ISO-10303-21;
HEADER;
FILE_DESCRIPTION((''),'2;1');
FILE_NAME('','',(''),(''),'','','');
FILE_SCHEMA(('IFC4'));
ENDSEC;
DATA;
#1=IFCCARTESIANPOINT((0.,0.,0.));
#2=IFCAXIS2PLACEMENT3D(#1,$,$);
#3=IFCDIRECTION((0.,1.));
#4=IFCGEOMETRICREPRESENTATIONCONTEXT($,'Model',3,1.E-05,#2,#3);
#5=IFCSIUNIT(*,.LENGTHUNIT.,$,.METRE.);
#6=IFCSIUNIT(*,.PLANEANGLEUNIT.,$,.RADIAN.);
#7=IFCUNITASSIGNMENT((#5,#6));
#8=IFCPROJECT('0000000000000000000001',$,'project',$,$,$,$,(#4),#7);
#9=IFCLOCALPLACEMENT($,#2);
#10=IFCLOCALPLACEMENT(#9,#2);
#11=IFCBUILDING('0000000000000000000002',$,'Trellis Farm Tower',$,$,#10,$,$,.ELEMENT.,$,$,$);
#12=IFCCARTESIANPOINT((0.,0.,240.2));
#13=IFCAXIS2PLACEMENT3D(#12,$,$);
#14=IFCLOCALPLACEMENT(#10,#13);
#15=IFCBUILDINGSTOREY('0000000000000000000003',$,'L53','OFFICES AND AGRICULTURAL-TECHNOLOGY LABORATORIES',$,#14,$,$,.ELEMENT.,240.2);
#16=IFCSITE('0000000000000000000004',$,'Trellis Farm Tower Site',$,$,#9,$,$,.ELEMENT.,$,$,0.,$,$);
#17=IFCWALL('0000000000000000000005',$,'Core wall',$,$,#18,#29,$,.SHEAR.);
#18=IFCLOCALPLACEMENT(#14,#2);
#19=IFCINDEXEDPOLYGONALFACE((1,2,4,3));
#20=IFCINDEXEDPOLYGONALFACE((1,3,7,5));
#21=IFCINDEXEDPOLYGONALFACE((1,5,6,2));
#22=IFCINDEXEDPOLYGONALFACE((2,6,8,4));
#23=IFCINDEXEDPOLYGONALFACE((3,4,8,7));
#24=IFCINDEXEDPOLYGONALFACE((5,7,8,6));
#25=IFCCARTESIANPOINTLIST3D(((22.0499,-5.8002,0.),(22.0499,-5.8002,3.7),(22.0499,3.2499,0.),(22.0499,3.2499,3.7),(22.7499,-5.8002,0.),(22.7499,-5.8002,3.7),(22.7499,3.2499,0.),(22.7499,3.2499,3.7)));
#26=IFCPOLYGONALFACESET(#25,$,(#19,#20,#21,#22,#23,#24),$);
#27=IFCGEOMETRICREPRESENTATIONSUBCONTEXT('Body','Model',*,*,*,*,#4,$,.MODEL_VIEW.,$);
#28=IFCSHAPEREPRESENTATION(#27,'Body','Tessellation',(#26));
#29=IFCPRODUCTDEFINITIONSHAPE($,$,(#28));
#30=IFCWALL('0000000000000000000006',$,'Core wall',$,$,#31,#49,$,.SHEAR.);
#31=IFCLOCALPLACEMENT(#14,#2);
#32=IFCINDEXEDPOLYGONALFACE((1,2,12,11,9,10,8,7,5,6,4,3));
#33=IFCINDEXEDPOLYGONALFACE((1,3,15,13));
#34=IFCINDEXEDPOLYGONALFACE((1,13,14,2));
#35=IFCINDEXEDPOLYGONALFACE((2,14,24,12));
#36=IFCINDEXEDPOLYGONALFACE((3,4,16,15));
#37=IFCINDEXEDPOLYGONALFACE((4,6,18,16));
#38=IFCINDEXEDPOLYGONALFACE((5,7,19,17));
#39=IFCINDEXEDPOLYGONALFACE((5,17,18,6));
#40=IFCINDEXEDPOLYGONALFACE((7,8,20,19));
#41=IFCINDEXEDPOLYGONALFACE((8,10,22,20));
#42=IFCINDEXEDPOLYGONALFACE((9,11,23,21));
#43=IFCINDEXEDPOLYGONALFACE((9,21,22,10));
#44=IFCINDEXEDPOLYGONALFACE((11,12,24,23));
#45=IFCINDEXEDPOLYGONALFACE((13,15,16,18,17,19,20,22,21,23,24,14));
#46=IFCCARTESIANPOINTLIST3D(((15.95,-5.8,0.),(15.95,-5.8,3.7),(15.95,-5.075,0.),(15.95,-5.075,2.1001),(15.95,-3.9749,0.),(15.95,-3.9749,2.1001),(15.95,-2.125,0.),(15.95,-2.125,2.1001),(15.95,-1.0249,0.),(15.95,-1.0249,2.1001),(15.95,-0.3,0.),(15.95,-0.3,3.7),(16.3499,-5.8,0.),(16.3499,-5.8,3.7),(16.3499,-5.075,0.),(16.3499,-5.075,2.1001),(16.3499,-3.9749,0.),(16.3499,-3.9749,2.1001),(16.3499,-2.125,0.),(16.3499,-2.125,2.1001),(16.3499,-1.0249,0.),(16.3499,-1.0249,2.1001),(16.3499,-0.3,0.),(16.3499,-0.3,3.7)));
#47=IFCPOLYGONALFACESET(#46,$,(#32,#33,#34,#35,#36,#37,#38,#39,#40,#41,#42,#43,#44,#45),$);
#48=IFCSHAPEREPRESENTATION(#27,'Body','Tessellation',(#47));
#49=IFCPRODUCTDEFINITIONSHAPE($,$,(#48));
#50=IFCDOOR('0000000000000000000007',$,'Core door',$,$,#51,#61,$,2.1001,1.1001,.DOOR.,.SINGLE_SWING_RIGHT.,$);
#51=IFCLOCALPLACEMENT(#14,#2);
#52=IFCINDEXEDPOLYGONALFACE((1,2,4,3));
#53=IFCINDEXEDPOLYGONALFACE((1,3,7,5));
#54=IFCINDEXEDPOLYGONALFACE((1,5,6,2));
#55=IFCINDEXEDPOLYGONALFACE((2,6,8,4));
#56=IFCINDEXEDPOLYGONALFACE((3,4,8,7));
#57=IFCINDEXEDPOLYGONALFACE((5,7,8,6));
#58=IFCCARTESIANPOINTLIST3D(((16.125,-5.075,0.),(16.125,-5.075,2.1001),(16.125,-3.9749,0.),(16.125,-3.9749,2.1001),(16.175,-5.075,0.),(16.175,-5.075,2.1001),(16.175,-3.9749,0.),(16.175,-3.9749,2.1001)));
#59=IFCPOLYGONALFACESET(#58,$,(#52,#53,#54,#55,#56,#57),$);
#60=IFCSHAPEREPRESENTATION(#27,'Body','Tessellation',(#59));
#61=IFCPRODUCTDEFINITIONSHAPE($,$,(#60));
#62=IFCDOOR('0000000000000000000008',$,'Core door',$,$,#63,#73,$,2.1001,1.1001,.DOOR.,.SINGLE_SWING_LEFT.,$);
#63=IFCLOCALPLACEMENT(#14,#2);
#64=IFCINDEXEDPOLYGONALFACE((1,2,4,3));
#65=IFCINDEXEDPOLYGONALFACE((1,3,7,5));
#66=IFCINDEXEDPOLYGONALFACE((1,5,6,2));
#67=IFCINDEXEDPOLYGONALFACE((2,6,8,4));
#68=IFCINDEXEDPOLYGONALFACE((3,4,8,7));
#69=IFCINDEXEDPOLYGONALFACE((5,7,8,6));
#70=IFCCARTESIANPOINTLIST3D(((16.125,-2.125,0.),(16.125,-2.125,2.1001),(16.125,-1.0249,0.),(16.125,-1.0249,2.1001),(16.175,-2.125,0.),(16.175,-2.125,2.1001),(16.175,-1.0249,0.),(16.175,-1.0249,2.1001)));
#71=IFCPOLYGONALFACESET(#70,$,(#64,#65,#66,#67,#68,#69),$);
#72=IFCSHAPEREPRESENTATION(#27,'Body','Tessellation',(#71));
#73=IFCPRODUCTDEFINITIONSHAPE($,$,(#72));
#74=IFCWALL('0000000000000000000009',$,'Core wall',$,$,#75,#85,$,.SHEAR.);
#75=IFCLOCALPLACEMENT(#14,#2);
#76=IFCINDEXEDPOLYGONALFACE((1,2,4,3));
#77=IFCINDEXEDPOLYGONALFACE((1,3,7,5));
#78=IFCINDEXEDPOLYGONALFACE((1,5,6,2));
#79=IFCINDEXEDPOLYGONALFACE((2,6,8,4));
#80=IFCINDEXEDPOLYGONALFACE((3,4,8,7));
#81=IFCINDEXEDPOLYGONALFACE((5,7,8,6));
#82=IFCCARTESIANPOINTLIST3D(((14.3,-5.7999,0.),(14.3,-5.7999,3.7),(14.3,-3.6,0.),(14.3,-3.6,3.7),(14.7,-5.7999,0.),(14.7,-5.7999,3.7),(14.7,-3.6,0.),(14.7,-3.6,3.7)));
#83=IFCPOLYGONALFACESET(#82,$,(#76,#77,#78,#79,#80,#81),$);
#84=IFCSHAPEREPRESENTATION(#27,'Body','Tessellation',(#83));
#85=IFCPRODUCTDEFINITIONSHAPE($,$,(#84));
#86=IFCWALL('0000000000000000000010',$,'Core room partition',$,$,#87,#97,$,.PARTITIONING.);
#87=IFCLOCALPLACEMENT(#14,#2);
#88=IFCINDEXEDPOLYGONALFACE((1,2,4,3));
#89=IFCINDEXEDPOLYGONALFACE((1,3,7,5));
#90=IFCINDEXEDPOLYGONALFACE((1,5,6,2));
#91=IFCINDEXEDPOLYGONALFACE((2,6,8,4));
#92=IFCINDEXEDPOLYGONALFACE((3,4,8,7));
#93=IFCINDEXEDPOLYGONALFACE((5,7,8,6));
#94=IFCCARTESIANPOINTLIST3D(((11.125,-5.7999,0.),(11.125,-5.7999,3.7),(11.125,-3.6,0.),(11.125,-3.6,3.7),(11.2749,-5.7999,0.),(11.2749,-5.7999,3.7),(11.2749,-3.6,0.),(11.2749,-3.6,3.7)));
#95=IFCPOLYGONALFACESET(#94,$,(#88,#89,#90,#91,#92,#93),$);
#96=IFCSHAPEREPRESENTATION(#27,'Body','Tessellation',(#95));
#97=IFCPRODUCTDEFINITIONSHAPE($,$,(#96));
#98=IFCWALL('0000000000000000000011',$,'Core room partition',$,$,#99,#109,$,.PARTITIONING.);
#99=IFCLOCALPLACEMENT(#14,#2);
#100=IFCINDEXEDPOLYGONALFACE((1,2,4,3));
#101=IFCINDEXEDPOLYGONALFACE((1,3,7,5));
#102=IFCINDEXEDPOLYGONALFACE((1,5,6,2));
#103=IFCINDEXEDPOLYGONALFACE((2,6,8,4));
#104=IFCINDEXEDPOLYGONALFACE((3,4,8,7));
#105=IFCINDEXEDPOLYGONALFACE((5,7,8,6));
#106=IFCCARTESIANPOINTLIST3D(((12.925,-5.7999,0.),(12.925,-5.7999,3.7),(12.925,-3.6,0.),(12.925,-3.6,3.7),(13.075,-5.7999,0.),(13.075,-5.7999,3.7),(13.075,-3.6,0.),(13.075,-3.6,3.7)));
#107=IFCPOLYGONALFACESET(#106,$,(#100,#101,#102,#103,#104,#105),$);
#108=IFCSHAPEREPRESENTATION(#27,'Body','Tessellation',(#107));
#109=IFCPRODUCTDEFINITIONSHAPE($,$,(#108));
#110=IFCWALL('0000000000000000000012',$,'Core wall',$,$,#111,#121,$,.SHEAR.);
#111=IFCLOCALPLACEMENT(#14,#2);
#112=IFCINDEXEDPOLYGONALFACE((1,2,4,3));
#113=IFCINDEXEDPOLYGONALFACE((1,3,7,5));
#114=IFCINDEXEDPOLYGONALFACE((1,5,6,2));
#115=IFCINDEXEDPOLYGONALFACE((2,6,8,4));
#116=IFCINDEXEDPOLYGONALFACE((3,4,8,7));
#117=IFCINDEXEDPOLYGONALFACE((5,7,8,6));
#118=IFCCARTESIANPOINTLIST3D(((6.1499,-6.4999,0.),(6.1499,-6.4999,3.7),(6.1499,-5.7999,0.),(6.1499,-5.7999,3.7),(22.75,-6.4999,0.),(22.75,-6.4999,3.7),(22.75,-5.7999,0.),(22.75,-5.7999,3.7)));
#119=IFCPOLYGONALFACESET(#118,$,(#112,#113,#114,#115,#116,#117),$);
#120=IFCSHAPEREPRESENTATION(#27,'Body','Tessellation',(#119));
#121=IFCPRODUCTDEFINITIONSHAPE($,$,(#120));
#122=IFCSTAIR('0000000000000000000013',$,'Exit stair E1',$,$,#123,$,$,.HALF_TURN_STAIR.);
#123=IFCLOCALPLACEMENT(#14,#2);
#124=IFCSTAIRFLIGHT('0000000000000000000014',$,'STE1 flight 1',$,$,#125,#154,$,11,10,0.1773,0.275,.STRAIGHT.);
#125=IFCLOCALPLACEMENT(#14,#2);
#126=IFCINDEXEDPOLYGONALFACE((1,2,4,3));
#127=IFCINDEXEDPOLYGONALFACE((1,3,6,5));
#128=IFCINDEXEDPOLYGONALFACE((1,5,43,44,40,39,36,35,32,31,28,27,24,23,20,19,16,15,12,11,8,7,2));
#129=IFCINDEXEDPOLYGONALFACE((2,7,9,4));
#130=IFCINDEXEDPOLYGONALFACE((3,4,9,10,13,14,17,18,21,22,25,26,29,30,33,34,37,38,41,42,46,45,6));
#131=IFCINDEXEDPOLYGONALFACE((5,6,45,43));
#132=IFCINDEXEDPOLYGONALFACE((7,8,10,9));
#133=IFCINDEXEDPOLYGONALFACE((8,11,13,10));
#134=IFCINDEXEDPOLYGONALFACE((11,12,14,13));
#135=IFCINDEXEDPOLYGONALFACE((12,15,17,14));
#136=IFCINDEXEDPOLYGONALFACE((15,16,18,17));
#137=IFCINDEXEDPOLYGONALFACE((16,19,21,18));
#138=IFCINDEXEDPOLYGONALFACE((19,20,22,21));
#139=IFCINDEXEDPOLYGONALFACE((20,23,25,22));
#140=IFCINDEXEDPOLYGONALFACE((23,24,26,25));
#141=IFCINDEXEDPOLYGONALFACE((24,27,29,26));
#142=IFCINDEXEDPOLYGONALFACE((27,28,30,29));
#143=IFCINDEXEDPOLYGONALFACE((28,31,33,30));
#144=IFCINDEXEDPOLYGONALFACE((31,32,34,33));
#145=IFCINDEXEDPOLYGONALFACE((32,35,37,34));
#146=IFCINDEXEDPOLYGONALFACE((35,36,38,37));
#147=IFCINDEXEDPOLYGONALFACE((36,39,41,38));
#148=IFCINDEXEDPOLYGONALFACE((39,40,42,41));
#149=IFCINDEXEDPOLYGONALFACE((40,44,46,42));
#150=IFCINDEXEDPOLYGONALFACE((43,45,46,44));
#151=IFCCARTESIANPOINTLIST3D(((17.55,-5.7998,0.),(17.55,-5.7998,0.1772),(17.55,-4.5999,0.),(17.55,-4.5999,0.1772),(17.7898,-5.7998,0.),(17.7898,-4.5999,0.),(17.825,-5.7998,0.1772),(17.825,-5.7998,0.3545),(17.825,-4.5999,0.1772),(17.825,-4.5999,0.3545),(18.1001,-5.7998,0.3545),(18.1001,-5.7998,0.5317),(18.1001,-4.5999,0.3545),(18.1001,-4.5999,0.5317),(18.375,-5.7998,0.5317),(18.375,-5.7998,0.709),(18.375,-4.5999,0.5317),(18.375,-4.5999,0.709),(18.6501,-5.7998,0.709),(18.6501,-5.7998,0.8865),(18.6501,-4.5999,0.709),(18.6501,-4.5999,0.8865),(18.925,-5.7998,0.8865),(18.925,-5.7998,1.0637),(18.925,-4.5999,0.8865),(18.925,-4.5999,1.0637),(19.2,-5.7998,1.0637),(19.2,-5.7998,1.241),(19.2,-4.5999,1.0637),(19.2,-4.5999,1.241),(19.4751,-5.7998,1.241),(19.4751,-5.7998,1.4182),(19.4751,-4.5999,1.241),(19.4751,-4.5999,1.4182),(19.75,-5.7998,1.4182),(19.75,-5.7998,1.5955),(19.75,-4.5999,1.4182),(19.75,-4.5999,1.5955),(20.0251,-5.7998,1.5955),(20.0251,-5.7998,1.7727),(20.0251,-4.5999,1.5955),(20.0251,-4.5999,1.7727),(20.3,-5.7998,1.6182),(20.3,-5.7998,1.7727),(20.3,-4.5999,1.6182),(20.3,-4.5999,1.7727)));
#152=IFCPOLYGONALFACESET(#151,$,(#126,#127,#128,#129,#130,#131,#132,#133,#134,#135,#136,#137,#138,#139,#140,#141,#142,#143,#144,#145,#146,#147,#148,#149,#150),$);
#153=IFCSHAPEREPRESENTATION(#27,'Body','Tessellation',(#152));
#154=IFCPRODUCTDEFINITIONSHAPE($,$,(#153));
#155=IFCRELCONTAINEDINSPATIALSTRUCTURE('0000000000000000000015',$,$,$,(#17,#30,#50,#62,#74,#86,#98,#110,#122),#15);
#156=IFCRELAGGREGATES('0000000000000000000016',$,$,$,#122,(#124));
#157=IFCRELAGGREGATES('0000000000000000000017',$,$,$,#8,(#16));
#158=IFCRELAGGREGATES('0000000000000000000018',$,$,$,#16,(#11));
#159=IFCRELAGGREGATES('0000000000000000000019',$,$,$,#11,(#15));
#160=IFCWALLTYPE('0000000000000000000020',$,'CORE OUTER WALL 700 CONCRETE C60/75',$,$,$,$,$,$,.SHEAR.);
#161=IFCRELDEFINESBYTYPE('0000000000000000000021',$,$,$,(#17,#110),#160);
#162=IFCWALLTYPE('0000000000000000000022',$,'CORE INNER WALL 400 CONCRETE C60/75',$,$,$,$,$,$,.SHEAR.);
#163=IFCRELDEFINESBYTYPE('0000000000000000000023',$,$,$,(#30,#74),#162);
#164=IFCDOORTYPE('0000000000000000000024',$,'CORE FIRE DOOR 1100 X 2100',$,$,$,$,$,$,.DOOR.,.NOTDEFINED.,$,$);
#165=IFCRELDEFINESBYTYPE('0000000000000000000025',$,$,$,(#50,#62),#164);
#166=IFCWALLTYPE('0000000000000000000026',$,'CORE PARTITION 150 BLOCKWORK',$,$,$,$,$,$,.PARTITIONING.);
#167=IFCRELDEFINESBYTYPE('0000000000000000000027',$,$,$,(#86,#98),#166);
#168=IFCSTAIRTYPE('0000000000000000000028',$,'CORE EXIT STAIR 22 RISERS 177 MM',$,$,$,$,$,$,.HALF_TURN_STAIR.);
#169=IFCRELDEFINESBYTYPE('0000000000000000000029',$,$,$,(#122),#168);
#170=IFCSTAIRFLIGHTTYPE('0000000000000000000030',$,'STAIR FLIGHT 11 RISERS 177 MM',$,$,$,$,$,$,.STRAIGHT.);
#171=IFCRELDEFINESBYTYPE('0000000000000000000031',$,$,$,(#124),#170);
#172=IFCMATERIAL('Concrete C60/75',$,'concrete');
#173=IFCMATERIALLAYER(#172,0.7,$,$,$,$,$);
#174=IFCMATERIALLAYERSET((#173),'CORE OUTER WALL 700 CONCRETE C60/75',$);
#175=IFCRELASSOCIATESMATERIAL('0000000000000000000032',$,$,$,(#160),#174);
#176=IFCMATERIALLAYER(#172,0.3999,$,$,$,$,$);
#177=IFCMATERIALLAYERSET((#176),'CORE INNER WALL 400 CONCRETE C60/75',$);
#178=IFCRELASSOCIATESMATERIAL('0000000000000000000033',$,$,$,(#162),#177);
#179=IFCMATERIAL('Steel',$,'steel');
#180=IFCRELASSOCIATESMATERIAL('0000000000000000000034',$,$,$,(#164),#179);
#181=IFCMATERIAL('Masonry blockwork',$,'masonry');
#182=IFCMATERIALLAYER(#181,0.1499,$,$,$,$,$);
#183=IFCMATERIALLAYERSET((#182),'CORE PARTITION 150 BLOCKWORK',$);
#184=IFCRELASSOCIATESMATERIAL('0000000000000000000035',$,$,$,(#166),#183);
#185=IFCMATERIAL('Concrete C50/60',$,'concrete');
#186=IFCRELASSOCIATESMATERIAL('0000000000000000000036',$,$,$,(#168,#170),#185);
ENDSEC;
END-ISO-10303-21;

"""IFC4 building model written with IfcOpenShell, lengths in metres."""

from ifc_helpers import new_model, si_unit, direction, frame, frame_2d, origin, place, context, subcontext, project, spatial, polyline, rectangle, outline, extrude, source, transform, mapped, material, layer, layer_set, type_object, element, fill, aggregate, save


model = new_model("IFC4")

# Units and contexts
model_context = context("Model", 3, precision=1e-05, world=origin(), true_north=direction((0.0, 1.0)))
body_context = subcontext(model_context, "Body", "Model", "MODEL_VIEW")
ifc_project = project(units=[si_unit("LENGTHUNIT", "METRE"), si_unit("PLANEANGLEUNIT", "RADIAN")], contexts=[model_context])

# Site, building, storey
site_placement = place(None, origin())
site = spatial("IfcSite", under=ifc_project, at=site_placement, Name="Trellis Farm Tower Site", CompositionType="ELEMENT", RefElevation=0.0)
building_placement = place(site_placement, origin())
building = spatial("IfcBuilding", under=site, at=building_placement, Name="Trellis Farm Tower", CompositionType="ELEMENT")
storey_placement = place(building_placement, frame((0.0, 0.0, 240.2)))
storey = spatial("IfcBuildingStorey", under=building, at=storey_placement, Name="L53", Description="OFFICES AND AGRICULTURAL-TECHNOLOGY LABORATORIES", CompositionType="ELEMENT", Elevation=240.2)

# Shared definitions
ifc_material_1 = material(Name="Concrete C60/75", Category="concrete")

# Shared definitions
placement = place(storey_placement, origin())

# Shared definitions
ifc_layer_1 = layer(ifc_material_1, 0.7)
ifc_layer_set_1 = layer_set([ifc_layer_1], Name="CORE OUTER WALL 700 CONCRETE C60/75")
wall_type_1 = type_object("IfcWallType", Name="CORE OUTER WALL 700 CONCRETE C60/75", PredefinedType="SHEAR", material=ifc_layer_set_1)
shared_shape_1 = source(origin(), body_context, "Body", "SweptSolid", [
    extrude(rectangle(XDim=9.05, YDim=0.7, at=frame_2d((4.5249, 0.0))), origin(), (0.0, 0.0, 1.0), 3.7),
])
ifc_material_2 = material(Name="Steel", Category="steel")

# Wall
wall_1_placement = place(storey_placement, frame((22.3999, -5.8, 0.0), z_axis=(0.0, 0.0, 1.0), x_axis=(0.0, 1.0, 0.0)))
element("IfcWall", 1, at=wall_1_placement, inside=storey, type_object=wall_type_1, Name="Core wall", PredefinedType="SHEAR", context=body_context, shape_type="MappedRepresentation", body=[
    mapped(shared_shape_1, transform((0.0, 0.0, 0.0))),
])

# Wall, openings, doors
ifc_layer_2 = layer(ifc_material_1, 0.3999)
ifc_layer_set_2 = layer_set([ifc_layer_2], Name="CORE INNER WALL 400 CONCRETE C60/75")
wall_type_2 = type_object("IfcWallType", Name="CORE INNER WALL 400 CONCRETE C60/75", PredefinedType="SHEAR", material=ifc_layer_set_2)
shared_shape_2 = source(origin(), body_context, "Body", "SweptSolid", [
    extrude(rectangle(XDim=5.5, YDim=0.3999, at=frame_2d((2.75, 0.0))), origin(), (0.0, 0.0, 1.0), 3.7),
])
wall_2_placement = place(storey_placement, frame((16.1499, -5.8, 0.0), z_axis=(0.0, 0.0, 1.0), x_axis=(0.0, 1.0, 0.0)))
wall_2 = element("IfcWall", 2, at=wall_2_placement, inside=storey, type_object=wall_type_2, Name="Core wall", PredefinedType="SHEAR", context=body_context, shape_type="MappedRepresentation", body=[
    mapped(shared_shape_2, transform((0.0, 0.0, 0.0))),
])
shared_shape_3 = source(origin(), body_context, "Body", "SweptSolid", [
    extrude(rectangle(XDim=1.1001, YDim=2.1001, at=frame_2d((0.55, 1.05))), frame((0.0, 0.21, 0.0), z_axis=(0.0, -1.0, 0.0), x_axis=(1.0, 0.0, 0.0)), (0.0, 0.0, 1.0), 0.4199),
])
opening_1_placement = place(wall_2_placement, frame((0.7251, 0.0, 0.0)))
opening_1 = element("IfcOpeningElement", 3, at=opening_1_placement, cuts=wall_2, PredefinedType="OPENING", context=body_context, shape_type="MappedRepresentation", body=[
    mapped(shared_shape_3, transform((0.0, 0.0, 0.0))),
])
opening_2_placement = place(wall_2_placement, frame((3.675, 0.0, 0.0)))
opening_2 = element("IfcOpeningElement", 4, at=opening_2_placement, cuts=wall_2, PredefinedType="OPENING", context=body_context, shape_type="MappedRepresentation", body=[
    mapped(shared_shape_3, transform((0.0, 0.0, 0.0))),
])
door_type_1 = type_object("IfcDoorType", Name="CORE FIRE DOOR 1100 X 2100", OperationType="NOTDEFINED", PredefinedType="DOOR", material=ifc_material_2)
shared_shape_4 = source(origin(), body_context, "Body", "SweptSolid", [
    extrude(rectangle(XDim=1.1001, YDim=2.1001, at=frame_2d((0.55, 1.05))), frame((0.0, 0.0249, 0.0), z_axis=(0.0, -1.0, 0.0), x_axis=(1.0, 0.0, 0.0)), (0.0, 0.0, 1.0), 0.05),
])
door_1_placement = place(opening_1_placement, origin())
door_1 = element("IfcDoor", 5, at=door_1_placement, inside=storey, type_object=door_type_1, Name="Core door", OperationType="SINGLE_SWING_RIGHT", OverallHeight=2.1001, OverallWidth=1.1001, PredefinedType="DOOR", context=body_context, shape_type="MappedRepresentation", body=[
    mapped(shared_shape_4, transform((0.0, 0.0, 0.0))),
])
fill(opening_1, door_1)
door_2_placement = place(opening_2_placement, origin())
door_2 = element("IfcDoor", 6, at=door_2_placement, inside=storey, type_object=door_type_1, Name="Core door", OperationType="SINGLE_SWING_LEFT", OverallHeight=2.1001, OverallWidth=1.1001, PredefinedType="DOOR", context=body_context, shape_type="MappedRepresentation", body=[
    mapped(shared_shape_4, transform((0.0, 0.0, 0.0))),
])
fill(opening_2, door_2)

# Walls
shared_shape_5 = source(origin(), body_context, "Body", "SweptSolid", [
    extrude(rectangle(XDim=2.2, YDim=0.3999, at=frame_2d((1.1001, 0.0))), origin(), (0.0, 0.0, 1.0), 3.7),
])
wall_3_placement = place(storey_placement, frame((14.5, -5.8, 0.0), z_axis=(0.0, 0.0, 1.0), x_axis=(0.0, 1.0, 0.0)))
element("IfcWall", 7, at=wall_3_placement, inside=storey, type_object=wall_type_2, Name="Core wall", PredefinedType="SHEAR", context=body_context, shape_type="MappedRepresentation", body=[
    mapped(shared_shape_5, transform((0.0, 0.0, 0.0))),
])
ifc_material_3 = material(Name="Masonry blockwork", Category="masonry")
ifc_layer_3 = layer(ifc_material_3, 0.1499)
ifc_layer_set_3 = layer_set([ifc_layer_3], Name="CORE PARTITION 150 BLOCKWORK")
wall_type_3 = type_object("IfcWallType", Name="CORE PARTITION 150 BLOCKWORK", PredefinedType="PARTITIONING", material=ifc_layer_set_3)
shared_shape_6 = source(origin(), body_context, "Body", "SweptSolid", [
    extrude(rectangle(XDim=2.2, YDim=0.1499, at=frame_2d((1.1001, 0.0))), origin(), (0.0, 0.0, 1.0), 3.7),
])
for number, where, z_axis, x_axis, name in (
    (8, (11.2, -5.8, 0.0), (0.0, 0.0, 1.0), (0.0, 1.0, 0.0), "Core room partition"),
    (9, (13.0, -5.8, 0.0), (0.0, 0.0, 1.0), (0.0, 1.0, 0.0), "Core room partition"),
):
    element("IfcWall", number, at=place(storey_placement, frame(where, z_axis=z_axis, x_axis=x_axis)), inside=storey, type_object=wall_type_3, Name=name, PredefinedType="PARTITIONING", context=body_context, shape_type="MappedRepresentation", body=[
        mapped(shared_shape_6, transform((0.0, 0.0, 0.0))),
    ])
shared_shape_7 = source(origin(), body_context, "Body", "SweptSolid", [
    extrude(rectangle(XDim=16.6001, YDim=0.7, at=frame_2d((8.3, 0.0))), origin(), (0.0, 0.0, 1.0), 3.7),
])
wall_4_placement = place(storey_placement, frame((6.1499, -6.1499, 0.0), z_axis=(0.0, 0.0, 1.0), x_axis=(1.0, 0.0, 0.0)))
element("IfcWall", 10, at=wall_4_placement, inside=storey, type_object=wall_type_1, Name="Core wall", PredefinedType="SHEAR", context=body_context, shape_type="MappedRepresentation", body=[
    mapped(shared_shape_7, transform((0.0, 0.0, 0.0))),
])

# Stair, stair flight
ifc_material_4 = material(Name="Concrete C50/60", Category="concrete")
stair_type = type_object("IfcStairType", Name="CORE EXIT STAIR 22 RISERS 177 MM", PredefinedType="HALF_TURN_STAIR", material=ifc_material_4)
stair = element("IfcStair", 11, at=placement, inside=storey, type_object=stair_type, Name="Exit stair E1", PredefinedType="HALF_TURN_STAIR")
stair_flight_type = type_object("IfcStairFlightType", Name="STAIR FLIGHT 11 RISERS 177 MM", PredefinedType="STRAIGHT", material=ifc_material_4)
shared_shape_8 = source(origin(), body_context, "Body", "SweptSolid", [
    extrude(outline(polyline([(0.0, 0.0), (0.0, 0.1772), (0.2749, 0.1772), (0.2749, 0.3545), (0.55, 0.3545), (0.55, 0.5317), (0.825, 0.5317), (0.825, 0.709), (1.1001, 0.709), (1.1001, 0.8865), (1.375, 0.8865), (1.375, 1.0637), (1.6499, 1.0637), (1.6499, 1.241), (1.925, 1.241), (1.925, 1.4182), (2.2, 1.4182), (2.2, 1.5955), (2.4751, 1.5955), (2.4751, 1.7727), (2.75, 1.7727), (2.75, 1.95), (2.75, 1.6182), (0.2397, 0.0), (0.0, 0.0)])), frame((0.0, 0.6001, 0.0), z_axis=(0.0, -1.0, 0.0), x_axis=(1.0, 0.0, 0.0)), (0.0, 0.0, 1.0), 1.2),
])
stair_flight_placement = place(storey_placement, frame((17.55, -5.2, 0.0), z_axis=(0.0, 0.0, 1.0), x_axis=(1.0, 0.0, 0.0)))
stair_flight = element("IfcStairFlight", 12, at=stair_flight_placement, type_object=stair_flight_type, Name="STE1 flight 1", NumberOfRisers=11, NumberOfTreads=10, PredefinedType="STRAIGHT", RiserHeight=0.1773, TreadLength=0.275, context=body_context, shape_type="MappedRepresentation", body=[
    mapped(shared_shape_8, transform((0.0, 0.0, 0.0))),
])
aggregate(stair, [stair_flight])

save(model, "model.ifc")
